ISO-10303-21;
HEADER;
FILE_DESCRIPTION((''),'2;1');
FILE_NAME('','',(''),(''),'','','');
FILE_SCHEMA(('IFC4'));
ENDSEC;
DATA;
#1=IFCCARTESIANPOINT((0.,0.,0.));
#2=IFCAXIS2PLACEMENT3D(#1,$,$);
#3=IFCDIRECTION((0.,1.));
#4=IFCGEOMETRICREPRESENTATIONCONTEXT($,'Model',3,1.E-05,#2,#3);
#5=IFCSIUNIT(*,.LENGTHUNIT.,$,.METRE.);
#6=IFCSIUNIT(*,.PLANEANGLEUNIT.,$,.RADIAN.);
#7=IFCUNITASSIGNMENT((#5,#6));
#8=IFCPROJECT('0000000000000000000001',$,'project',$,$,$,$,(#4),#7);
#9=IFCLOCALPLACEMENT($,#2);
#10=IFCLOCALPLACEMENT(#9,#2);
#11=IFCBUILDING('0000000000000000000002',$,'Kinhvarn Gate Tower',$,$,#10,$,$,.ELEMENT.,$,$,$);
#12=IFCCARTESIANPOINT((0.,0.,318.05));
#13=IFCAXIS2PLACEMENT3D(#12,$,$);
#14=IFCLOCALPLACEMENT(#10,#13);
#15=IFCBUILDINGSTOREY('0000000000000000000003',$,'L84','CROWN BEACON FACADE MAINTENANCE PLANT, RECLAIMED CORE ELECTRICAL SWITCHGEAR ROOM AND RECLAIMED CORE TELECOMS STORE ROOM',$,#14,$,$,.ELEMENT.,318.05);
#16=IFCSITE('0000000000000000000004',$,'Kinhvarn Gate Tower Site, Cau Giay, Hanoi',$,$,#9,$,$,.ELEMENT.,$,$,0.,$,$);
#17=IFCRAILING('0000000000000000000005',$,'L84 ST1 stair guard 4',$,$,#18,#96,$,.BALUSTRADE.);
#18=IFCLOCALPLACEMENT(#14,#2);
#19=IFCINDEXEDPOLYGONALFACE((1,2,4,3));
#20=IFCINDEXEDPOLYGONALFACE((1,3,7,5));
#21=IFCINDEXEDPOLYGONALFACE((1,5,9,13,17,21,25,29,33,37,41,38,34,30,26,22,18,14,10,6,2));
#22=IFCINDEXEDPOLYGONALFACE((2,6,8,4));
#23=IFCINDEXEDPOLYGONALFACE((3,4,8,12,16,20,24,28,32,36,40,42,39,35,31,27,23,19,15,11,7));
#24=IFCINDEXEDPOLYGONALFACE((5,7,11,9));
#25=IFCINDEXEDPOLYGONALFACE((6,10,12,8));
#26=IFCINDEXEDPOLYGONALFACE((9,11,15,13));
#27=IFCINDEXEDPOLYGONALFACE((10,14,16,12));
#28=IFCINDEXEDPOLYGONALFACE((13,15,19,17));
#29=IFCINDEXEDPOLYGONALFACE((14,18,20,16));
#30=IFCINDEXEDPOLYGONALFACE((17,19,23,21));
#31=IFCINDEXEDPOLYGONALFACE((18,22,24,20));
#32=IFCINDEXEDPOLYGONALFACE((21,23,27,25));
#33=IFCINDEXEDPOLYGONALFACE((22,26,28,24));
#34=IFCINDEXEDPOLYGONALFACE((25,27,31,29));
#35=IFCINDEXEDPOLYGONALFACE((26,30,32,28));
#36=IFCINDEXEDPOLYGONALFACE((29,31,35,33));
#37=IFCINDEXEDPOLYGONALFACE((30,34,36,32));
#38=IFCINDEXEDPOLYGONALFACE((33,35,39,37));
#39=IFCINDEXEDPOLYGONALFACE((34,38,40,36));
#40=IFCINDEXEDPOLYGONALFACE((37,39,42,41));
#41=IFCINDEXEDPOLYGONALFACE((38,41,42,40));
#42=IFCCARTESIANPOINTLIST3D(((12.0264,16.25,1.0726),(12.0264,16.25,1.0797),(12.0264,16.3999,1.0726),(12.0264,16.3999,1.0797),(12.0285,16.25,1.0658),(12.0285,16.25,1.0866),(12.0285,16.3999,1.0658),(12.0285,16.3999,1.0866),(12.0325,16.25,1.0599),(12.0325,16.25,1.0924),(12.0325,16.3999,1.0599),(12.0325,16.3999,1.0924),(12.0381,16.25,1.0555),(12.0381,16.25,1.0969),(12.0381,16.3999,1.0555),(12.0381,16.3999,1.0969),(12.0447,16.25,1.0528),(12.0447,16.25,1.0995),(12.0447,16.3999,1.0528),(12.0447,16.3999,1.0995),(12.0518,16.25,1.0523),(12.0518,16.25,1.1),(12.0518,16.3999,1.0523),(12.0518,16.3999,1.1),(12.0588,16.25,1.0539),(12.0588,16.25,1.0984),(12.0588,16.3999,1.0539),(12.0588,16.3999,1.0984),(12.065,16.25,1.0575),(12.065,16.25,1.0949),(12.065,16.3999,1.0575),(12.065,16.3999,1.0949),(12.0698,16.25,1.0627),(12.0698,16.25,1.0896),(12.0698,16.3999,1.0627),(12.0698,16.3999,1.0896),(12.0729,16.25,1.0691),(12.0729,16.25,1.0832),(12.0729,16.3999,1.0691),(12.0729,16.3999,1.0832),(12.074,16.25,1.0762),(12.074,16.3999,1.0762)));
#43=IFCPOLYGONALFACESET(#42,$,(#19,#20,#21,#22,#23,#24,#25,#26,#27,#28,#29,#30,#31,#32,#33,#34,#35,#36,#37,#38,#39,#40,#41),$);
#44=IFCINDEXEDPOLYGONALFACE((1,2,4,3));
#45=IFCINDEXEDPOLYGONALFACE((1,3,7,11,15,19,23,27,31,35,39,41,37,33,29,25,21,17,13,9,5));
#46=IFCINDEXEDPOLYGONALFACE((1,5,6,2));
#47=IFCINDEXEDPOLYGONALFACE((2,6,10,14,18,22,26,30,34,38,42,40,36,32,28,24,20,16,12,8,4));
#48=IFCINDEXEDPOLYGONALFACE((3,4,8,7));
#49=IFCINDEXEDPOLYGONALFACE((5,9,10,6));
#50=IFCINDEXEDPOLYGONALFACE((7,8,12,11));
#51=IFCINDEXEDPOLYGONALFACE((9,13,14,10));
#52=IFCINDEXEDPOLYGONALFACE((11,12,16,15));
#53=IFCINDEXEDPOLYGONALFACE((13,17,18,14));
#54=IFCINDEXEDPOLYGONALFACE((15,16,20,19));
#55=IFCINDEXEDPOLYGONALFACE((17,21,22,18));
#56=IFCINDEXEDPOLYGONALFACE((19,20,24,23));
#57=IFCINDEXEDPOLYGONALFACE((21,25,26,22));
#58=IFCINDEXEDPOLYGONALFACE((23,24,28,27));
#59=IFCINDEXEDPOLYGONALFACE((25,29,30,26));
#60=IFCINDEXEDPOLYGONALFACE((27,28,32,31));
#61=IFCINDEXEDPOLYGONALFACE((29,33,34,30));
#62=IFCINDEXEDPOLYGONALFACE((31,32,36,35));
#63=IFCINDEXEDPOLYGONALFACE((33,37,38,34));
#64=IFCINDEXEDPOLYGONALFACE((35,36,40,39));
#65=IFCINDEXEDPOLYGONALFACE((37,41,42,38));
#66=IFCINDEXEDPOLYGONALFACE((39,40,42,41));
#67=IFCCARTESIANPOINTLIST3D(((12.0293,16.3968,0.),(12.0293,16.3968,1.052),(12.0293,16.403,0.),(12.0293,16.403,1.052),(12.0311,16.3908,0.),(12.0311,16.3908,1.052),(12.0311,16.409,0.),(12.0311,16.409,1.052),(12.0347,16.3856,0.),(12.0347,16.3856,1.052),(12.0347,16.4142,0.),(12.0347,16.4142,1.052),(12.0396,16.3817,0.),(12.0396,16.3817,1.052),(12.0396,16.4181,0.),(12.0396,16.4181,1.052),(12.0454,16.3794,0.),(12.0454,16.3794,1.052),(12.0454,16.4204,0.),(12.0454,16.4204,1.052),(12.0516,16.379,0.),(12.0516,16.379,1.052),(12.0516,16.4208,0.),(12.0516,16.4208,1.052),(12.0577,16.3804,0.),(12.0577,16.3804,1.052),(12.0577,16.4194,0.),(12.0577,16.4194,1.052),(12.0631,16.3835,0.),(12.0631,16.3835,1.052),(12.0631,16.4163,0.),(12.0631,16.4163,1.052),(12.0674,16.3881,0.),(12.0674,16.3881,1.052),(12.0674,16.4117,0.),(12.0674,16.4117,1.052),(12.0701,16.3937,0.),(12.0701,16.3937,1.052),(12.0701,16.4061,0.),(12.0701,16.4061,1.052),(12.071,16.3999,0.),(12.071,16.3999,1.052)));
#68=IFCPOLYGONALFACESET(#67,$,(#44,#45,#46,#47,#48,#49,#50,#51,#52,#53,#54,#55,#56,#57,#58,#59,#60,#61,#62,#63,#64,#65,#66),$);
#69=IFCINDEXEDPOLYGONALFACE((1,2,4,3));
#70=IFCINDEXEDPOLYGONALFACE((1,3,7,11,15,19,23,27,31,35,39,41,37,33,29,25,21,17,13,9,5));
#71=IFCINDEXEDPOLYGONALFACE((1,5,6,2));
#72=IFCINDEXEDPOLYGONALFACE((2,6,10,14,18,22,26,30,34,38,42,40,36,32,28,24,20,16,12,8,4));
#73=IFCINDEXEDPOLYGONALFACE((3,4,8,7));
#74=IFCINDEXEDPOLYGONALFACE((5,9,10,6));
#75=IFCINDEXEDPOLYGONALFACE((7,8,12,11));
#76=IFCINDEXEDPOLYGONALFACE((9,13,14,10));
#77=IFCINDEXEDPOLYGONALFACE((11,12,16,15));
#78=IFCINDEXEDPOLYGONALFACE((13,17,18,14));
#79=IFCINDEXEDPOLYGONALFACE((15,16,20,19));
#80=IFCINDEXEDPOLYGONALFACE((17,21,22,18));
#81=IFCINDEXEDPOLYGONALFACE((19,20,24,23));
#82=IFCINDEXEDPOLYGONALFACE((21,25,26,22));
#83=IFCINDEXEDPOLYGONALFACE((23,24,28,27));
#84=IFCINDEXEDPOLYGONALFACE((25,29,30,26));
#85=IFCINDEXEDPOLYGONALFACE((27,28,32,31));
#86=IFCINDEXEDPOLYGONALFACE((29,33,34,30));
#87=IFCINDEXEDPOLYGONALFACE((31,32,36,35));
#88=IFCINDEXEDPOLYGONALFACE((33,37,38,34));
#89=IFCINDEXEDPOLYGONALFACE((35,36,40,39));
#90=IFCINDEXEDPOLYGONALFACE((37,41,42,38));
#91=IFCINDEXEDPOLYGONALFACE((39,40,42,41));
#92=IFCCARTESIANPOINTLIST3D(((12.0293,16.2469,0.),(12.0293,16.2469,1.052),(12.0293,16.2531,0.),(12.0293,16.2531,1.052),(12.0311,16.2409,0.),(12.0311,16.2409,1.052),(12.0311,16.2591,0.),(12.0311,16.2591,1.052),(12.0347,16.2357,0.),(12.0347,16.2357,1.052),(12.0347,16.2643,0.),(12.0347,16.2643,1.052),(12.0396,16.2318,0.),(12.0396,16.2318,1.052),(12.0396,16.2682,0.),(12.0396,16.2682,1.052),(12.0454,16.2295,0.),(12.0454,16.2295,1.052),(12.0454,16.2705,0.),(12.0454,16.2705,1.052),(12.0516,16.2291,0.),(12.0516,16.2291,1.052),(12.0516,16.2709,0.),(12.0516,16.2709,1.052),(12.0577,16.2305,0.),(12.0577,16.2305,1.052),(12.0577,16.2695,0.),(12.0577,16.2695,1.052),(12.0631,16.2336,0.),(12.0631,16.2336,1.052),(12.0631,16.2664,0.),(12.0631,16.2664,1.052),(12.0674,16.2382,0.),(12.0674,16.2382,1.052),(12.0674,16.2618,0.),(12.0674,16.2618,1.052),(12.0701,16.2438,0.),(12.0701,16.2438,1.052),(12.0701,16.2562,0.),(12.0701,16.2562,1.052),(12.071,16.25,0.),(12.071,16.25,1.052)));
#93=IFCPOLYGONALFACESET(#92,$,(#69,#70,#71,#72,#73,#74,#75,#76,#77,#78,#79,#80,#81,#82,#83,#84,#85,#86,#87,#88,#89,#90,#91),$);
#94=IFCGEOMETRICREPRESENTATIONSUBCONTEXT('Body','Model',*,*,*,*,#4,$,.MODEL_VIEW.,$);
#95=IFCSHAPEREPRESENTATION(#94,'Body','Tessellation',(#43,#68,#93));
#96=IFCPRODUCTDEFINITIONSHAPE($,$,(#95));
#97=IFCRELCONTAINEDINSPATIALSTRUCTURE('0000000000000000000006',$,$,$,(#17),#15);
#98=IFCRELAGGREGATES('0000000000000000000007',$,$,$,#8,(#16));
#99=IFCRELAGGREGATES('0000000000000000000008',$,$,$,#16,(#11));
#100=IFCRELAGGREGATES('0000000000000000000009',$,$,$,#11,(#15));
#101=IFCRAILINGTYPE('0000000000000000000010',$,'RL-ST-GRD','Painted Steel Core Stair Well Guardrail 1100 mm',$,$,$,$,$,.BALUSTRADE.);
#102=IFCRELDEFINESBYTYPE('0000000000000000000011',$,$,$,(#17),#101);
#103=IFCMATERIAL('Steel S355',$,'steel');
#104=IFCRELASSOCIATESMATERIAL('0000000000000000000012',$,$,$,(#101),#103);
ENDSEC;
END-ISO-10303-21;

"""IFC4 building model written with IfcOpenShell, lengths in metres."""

from ifc_helpers import new_model, si_unit, direction, frame, origin, origin_2d, place, context, subcontext, project, spatial, circle, extrude, material, type_object, element, save


model = new_model("IFC4")

# Units and contexts
model_context = context("Model", 3, precision=1e-05, world=origin(), true_north=direction((0.0, 1.0)))
body_context = subcontext(model_context, "Body", "Model", "MODEL_VIEW")
ifc_project = project(units=[si_unit("LENGTHUNIT", "METRE"), si_unit("PLANEANGLEUNIT", "RADIAN")], contexts=[model_context])

# Site, building, storey
site_placement = place(None, origin())
site = spatial("IfcSite", under=ifc_project, at=site_placement, Name="Kinhvarn Gate Tower Site, Cau Giay, Hanoi", CompositionType="ELEMENT", RefElevation=0.0)
building_placement = place(site_placement, origin())
building = spatial("IfcBuilding", under=site, at=building_placement, Name="Kinhvarn Gate Tower", CompositionType="ELEMENT")
storey_placement = place(building_placement, frame((0.0, 0.0, 318.05)))
storey = spatial("IfcBuildingStorey", under=building, at=storey_placement, Name="L84", Description="CROWN BEACON FACADE MAINTENANCE PLANT, RECLAIMED CORE ELECTRICAL SWITCHGEAR ROOM AND RECLAIMED CORE TELECOMS STORE ROOM", CompositionType="ELEMENT", Elevation=318.05)

# Railing
ifc_material_1 = material(Name="Steel S355", Category="steel")
railing_type_1 = type_object("IfcRailingType", Name="RL-ST-GRD", Description="Painted Steel Core Stair Well Guardrail 1100 mm", PredefinedType="BALUSTRADE", material=ifc_material_1)
railing_1_placement = place(storey_placement, frame((12.05, 16.3999, 0.0)))
element("IfcRailing", 1, at=railing_1_placement, inside=storey, type_object=railing_type_1, Name="L84 ST1 stair guard 4", PredefinedType="BALUSTRADE", context=body_context, shape_type="SweptSolid", body=[
    extrude(circle(Radius=0.0239, at=origin_2d()), frame((0.0, 0.0, 1.0762), z_axis=(0.0, -1.0, 0.0), x_axis=(1.0, 0.0, 0.0)), (0.0, 0.0, 1.0), 0.1499),
    extrude(circle(Radius=0.021, at=origin_2d()), origin(), (0.0, 0.0, 1.0), 1.052),
    extrude(circle(Radius=0.021, at=origin_2d()), frame((0.0, -0.1499, 0.0)), (0.0, 0.0, 1.0), 1.052),
])

save(model, "model.ifc")
